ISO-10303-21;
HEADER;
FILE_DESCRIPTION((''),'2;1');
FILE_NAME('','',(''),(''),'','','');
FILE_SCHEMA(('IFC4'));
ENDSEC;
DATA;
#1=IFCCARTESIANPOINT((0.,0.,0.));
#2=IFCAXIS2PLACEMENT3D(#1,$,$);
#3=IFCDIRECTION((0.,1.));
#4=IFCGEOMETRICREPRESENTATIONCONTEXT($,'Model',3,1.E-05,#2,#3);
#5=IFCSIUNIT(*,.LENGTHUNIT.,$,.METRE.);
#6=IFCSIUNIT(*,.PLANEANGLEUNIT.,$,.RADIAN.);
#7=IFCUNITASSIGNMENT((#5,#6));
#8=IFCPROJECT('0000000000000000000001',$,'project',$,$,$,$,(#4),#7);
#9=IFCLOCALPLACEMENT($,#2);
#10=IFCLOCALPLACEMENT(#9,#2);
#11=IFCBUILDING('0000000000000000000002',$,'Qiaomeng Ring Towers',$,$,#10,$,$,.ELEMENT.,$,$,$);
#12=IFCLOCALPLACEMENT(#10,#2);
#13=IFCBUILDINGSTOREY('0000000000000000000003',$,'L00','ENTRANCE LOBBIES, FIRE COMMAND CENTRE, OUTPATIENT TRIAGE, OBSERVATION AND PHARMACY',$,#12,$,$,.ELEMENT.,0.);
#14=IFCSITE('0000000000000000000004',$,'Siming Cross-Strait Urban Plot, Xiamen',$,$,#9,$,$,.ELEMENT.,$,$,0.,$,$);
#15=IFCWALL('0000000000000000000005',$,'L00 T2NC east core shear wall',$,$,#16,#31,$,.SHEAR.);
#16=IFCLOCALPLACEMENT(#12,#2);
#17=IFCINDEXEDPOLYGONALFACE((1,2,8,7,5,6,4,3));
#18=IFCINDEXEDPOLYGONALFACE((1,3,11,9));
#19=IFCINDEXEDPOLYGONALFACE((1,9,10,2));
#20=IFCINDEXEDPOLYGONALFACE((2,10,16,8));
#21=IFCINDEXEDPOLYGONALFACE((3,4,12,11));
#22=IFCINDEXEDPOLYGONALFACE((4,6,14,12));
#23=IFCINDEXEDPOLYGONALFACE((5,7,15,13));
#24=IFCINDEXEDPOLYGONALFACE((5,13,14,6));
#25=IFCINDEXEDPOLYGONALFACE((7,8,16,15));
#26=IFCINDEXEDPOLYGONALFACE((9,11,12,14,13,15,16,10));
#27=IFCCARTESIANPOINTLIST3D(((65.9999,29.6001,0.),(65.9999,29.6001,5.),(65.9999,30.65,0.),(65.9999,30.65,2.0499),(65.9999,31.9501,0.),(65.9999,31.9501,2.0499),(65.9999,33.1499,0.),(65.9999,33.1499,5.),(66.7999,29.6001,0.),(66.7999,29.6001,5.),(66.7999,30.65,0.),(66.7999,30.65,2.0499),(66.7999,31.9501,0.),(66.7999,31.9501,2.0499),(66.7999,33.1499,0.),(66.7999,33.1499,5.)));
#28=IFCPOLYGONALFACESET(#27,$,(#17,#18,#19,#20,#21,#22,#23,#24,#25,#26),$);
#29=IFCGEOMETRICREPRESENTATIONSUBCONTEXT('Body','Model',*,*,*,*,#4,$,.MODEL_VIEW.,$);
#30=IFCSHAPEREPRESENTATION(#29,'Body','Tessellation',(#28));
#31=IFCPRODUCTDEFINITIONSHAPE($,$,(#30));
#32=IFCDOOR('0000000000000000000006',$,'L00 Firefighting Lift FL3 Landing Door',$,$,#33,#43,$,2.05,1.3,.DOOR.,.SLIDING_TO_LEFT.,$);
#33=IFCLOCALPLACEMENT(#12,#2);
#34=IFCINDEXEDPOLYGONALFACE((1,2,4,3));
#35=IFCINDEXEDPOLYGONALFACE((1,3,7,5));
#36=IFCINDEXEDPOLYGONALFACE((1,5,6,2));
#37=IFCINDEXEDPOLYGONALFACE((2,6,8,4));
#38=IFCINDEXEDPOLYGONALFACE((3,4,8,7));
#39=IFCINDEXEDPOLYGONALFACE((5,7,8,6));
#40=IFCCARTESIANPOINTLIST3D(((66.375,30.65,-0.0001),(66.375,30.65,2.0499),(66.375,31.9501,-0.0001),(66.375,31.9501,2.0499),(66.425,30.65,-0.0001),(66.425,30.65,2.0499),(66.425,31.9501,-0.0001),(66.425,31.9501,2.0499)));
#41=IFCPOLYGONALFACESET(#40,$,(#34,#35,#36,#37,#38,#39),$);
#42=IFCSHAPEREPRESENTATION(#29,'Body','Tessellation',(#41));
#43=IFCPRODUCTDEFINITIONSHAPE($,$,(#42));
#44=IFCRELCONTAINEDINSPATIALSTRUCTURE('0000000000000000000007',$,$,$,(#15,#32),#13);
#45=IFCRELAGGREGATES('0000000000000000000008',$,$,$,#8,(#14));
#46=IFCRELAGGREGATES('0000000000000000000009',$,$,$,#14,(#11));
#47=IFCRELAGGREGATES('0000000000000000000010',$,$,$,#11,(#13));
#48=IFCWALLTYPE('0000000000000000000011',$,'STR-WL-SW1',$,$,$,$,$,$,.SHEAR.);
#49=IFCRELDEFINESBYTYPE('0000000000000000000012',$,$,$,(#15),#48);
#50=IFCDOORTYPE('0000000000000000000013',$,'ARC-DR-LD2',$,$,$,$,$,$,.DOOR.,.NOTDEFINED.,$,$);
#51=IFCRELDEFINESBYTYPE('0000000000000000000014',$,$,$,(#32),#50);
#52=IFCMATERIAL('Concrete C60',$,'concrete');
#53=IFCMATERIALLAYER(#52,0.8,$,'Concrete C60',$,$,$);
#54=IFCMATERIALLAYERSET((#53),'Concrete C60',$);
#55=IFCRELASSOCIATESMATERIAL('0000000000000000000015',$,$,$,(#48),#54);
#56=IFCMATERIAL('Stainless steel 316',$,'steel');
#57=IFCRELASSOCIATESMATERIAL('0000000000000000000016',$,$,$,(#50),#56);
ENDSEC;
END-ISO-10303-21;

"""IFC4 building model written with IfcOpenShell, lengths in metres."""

from ifc_helpers import new_model, si_unit, direction, frame, frame_2d, origin, place, context, subcontext, project, spatial, rectangle, extrude, source, transform, mapped, material, layer, layer_set, type_object, element, fill, save


model = new_model("IFC4")

# Units and contexts
model_context = context("Model", 3, precision=1e-05, world=origin(), true_north=direction((0.0, 1.0)))
body_context = subcontext(model_context, "Body", "Model", "MODEL_VIEW")
ifc_project = project(units=[si_unit("LENGTHUNIT", "METRE"), si_unit("PLANEANGLEUNIT", "RADIAN")], contexts=[model_context])

# Site, building, storey
site_placement = place(None, origin())
site = spatial("IfcSite", under=ifc_project, at=site_placement, Name="Siming Cross-Strait Urban Plot, Xiamen", CompositionType="ELEMENT", RefElevation=0.0)
building_placement = place(site_placement, origin())
building = spatial("IfcBuilding", under=site, at=building_placement, Name="Qiaomeng Ring Towers", CompositionType="ELEMENT")
storey_placement = place(building_placement, origin())
storey = spatial("IfcBuildingStorey", under=building, at=storey_placement, Name="L00", Description="ENTRANCE LOBBIES, FIRE COMMAND CENTRE, OUTPATIENT TRIAGE, OBSERVATION AND PHARMACY", CompositionType="ELEMENT", Elevation=0.0)

# Shared definitions
ifc_material_1 = material(Name="Concrete C60", Category="concrete")

# Wall, opening, door
ifc_layer_1 = layer(ifc_material_1, 0.8, Name="Concrete C60")
ifc_layer_set_1 = layer_set([ifc_layer_1], Name="Concrete C60")
wall_type_1 = type_object("IfcWallType", Name="STR-WL-SW1", PredefinedType="SHEAR", material=ifc_layer_set_1)
wall_1_placement = place(storey_placement, frame((66.3999, 29.6001, 0.0), z_axis=(0.0, 0.0, 1.0), x_axis=(0.0, 1.0, 0.0)))
wall_1 = element("IfcWall", 1, at=wall_1_placement, inside=storey, type_object=wall_type_1, Name="L00 T2NC east core shear wall", PredefinedType="SHEAR", context=body_context, shape_type="SweptSolid", body=[
    extrude(rectangle(XDim=3.5498, YDim=0.8, at=frame_2d((1.7749, 0.0))), origin(), (0.0, 0.0, 1.0), 5.0),
])
opening_1_placement = place(wall_1_placement, frame((1.05, 0.0, 0.0)))
opening_1 = element("IfcOpeningElement", 2, at=opening_1_placement, cuts=wall_1, PredefinedType="OPENING", context=body_context, shape_type="SweptSolid", body=[
    extrude(rectangle(XDim=1.3, YDim=2.05, at=frame_2d((0.6499, 1.0249))), frame((0.0, 0.4099, 0.0), z_axis=(0.0, -1.0, 0.0), x_axis=(1.0, 0.0, 0.0)), (0.0, 0.0, 1.0), 0.8201),
])
ifc_material_2 = material(Name="Stainless steel 316", Category="steel")
door_type_1 = type_object("IfcDoorType", Name="ARC-DR-LD2", OperationType="NOTDEFINED", PredefinedType="DOOR", material=ifc_material_2)
shared_shape_1 = source(origin(), body_context, "Body", "SweptSolid", [
    extrude(rectangle(XDim=1.3, YDim=2.05, at=frame_2d((0.6499, 1.0249))), frame((0.0, 0.0249, 0.0), z_axis=(0.0, -1.0, 0.0), x_axis=(1.0, 0.0, 0.0)), (0.0, 0.0, 1.0), 0.05),
])
door_1_placement = place(opening_1_placement, origin())
door_1 = element("IfcDoor", 3, at=door_1_placement, inside=storey, type_object=door_type_1, Name="L00 Firefighting Lift FL3 Landing Door", OperationType="SLIDING_TO_LEFT", OverallHeight=2.05, OverallWidth=1.3, PredefinedType="DOOR", context=body_context, shape_type="MappedRepresentation", body=[
    mapped(shared_shape_1, transform((0.0, 0.0, 0.0), x_axis=(1.0, 0.0, 0.0), y_axis=(0.0, 1.0, 0.0), z_axis=(0.0, 0.0, 1.0), scale=1.0)),
])
fill(opening_1, door_1)

save(model, "model.ifc")
